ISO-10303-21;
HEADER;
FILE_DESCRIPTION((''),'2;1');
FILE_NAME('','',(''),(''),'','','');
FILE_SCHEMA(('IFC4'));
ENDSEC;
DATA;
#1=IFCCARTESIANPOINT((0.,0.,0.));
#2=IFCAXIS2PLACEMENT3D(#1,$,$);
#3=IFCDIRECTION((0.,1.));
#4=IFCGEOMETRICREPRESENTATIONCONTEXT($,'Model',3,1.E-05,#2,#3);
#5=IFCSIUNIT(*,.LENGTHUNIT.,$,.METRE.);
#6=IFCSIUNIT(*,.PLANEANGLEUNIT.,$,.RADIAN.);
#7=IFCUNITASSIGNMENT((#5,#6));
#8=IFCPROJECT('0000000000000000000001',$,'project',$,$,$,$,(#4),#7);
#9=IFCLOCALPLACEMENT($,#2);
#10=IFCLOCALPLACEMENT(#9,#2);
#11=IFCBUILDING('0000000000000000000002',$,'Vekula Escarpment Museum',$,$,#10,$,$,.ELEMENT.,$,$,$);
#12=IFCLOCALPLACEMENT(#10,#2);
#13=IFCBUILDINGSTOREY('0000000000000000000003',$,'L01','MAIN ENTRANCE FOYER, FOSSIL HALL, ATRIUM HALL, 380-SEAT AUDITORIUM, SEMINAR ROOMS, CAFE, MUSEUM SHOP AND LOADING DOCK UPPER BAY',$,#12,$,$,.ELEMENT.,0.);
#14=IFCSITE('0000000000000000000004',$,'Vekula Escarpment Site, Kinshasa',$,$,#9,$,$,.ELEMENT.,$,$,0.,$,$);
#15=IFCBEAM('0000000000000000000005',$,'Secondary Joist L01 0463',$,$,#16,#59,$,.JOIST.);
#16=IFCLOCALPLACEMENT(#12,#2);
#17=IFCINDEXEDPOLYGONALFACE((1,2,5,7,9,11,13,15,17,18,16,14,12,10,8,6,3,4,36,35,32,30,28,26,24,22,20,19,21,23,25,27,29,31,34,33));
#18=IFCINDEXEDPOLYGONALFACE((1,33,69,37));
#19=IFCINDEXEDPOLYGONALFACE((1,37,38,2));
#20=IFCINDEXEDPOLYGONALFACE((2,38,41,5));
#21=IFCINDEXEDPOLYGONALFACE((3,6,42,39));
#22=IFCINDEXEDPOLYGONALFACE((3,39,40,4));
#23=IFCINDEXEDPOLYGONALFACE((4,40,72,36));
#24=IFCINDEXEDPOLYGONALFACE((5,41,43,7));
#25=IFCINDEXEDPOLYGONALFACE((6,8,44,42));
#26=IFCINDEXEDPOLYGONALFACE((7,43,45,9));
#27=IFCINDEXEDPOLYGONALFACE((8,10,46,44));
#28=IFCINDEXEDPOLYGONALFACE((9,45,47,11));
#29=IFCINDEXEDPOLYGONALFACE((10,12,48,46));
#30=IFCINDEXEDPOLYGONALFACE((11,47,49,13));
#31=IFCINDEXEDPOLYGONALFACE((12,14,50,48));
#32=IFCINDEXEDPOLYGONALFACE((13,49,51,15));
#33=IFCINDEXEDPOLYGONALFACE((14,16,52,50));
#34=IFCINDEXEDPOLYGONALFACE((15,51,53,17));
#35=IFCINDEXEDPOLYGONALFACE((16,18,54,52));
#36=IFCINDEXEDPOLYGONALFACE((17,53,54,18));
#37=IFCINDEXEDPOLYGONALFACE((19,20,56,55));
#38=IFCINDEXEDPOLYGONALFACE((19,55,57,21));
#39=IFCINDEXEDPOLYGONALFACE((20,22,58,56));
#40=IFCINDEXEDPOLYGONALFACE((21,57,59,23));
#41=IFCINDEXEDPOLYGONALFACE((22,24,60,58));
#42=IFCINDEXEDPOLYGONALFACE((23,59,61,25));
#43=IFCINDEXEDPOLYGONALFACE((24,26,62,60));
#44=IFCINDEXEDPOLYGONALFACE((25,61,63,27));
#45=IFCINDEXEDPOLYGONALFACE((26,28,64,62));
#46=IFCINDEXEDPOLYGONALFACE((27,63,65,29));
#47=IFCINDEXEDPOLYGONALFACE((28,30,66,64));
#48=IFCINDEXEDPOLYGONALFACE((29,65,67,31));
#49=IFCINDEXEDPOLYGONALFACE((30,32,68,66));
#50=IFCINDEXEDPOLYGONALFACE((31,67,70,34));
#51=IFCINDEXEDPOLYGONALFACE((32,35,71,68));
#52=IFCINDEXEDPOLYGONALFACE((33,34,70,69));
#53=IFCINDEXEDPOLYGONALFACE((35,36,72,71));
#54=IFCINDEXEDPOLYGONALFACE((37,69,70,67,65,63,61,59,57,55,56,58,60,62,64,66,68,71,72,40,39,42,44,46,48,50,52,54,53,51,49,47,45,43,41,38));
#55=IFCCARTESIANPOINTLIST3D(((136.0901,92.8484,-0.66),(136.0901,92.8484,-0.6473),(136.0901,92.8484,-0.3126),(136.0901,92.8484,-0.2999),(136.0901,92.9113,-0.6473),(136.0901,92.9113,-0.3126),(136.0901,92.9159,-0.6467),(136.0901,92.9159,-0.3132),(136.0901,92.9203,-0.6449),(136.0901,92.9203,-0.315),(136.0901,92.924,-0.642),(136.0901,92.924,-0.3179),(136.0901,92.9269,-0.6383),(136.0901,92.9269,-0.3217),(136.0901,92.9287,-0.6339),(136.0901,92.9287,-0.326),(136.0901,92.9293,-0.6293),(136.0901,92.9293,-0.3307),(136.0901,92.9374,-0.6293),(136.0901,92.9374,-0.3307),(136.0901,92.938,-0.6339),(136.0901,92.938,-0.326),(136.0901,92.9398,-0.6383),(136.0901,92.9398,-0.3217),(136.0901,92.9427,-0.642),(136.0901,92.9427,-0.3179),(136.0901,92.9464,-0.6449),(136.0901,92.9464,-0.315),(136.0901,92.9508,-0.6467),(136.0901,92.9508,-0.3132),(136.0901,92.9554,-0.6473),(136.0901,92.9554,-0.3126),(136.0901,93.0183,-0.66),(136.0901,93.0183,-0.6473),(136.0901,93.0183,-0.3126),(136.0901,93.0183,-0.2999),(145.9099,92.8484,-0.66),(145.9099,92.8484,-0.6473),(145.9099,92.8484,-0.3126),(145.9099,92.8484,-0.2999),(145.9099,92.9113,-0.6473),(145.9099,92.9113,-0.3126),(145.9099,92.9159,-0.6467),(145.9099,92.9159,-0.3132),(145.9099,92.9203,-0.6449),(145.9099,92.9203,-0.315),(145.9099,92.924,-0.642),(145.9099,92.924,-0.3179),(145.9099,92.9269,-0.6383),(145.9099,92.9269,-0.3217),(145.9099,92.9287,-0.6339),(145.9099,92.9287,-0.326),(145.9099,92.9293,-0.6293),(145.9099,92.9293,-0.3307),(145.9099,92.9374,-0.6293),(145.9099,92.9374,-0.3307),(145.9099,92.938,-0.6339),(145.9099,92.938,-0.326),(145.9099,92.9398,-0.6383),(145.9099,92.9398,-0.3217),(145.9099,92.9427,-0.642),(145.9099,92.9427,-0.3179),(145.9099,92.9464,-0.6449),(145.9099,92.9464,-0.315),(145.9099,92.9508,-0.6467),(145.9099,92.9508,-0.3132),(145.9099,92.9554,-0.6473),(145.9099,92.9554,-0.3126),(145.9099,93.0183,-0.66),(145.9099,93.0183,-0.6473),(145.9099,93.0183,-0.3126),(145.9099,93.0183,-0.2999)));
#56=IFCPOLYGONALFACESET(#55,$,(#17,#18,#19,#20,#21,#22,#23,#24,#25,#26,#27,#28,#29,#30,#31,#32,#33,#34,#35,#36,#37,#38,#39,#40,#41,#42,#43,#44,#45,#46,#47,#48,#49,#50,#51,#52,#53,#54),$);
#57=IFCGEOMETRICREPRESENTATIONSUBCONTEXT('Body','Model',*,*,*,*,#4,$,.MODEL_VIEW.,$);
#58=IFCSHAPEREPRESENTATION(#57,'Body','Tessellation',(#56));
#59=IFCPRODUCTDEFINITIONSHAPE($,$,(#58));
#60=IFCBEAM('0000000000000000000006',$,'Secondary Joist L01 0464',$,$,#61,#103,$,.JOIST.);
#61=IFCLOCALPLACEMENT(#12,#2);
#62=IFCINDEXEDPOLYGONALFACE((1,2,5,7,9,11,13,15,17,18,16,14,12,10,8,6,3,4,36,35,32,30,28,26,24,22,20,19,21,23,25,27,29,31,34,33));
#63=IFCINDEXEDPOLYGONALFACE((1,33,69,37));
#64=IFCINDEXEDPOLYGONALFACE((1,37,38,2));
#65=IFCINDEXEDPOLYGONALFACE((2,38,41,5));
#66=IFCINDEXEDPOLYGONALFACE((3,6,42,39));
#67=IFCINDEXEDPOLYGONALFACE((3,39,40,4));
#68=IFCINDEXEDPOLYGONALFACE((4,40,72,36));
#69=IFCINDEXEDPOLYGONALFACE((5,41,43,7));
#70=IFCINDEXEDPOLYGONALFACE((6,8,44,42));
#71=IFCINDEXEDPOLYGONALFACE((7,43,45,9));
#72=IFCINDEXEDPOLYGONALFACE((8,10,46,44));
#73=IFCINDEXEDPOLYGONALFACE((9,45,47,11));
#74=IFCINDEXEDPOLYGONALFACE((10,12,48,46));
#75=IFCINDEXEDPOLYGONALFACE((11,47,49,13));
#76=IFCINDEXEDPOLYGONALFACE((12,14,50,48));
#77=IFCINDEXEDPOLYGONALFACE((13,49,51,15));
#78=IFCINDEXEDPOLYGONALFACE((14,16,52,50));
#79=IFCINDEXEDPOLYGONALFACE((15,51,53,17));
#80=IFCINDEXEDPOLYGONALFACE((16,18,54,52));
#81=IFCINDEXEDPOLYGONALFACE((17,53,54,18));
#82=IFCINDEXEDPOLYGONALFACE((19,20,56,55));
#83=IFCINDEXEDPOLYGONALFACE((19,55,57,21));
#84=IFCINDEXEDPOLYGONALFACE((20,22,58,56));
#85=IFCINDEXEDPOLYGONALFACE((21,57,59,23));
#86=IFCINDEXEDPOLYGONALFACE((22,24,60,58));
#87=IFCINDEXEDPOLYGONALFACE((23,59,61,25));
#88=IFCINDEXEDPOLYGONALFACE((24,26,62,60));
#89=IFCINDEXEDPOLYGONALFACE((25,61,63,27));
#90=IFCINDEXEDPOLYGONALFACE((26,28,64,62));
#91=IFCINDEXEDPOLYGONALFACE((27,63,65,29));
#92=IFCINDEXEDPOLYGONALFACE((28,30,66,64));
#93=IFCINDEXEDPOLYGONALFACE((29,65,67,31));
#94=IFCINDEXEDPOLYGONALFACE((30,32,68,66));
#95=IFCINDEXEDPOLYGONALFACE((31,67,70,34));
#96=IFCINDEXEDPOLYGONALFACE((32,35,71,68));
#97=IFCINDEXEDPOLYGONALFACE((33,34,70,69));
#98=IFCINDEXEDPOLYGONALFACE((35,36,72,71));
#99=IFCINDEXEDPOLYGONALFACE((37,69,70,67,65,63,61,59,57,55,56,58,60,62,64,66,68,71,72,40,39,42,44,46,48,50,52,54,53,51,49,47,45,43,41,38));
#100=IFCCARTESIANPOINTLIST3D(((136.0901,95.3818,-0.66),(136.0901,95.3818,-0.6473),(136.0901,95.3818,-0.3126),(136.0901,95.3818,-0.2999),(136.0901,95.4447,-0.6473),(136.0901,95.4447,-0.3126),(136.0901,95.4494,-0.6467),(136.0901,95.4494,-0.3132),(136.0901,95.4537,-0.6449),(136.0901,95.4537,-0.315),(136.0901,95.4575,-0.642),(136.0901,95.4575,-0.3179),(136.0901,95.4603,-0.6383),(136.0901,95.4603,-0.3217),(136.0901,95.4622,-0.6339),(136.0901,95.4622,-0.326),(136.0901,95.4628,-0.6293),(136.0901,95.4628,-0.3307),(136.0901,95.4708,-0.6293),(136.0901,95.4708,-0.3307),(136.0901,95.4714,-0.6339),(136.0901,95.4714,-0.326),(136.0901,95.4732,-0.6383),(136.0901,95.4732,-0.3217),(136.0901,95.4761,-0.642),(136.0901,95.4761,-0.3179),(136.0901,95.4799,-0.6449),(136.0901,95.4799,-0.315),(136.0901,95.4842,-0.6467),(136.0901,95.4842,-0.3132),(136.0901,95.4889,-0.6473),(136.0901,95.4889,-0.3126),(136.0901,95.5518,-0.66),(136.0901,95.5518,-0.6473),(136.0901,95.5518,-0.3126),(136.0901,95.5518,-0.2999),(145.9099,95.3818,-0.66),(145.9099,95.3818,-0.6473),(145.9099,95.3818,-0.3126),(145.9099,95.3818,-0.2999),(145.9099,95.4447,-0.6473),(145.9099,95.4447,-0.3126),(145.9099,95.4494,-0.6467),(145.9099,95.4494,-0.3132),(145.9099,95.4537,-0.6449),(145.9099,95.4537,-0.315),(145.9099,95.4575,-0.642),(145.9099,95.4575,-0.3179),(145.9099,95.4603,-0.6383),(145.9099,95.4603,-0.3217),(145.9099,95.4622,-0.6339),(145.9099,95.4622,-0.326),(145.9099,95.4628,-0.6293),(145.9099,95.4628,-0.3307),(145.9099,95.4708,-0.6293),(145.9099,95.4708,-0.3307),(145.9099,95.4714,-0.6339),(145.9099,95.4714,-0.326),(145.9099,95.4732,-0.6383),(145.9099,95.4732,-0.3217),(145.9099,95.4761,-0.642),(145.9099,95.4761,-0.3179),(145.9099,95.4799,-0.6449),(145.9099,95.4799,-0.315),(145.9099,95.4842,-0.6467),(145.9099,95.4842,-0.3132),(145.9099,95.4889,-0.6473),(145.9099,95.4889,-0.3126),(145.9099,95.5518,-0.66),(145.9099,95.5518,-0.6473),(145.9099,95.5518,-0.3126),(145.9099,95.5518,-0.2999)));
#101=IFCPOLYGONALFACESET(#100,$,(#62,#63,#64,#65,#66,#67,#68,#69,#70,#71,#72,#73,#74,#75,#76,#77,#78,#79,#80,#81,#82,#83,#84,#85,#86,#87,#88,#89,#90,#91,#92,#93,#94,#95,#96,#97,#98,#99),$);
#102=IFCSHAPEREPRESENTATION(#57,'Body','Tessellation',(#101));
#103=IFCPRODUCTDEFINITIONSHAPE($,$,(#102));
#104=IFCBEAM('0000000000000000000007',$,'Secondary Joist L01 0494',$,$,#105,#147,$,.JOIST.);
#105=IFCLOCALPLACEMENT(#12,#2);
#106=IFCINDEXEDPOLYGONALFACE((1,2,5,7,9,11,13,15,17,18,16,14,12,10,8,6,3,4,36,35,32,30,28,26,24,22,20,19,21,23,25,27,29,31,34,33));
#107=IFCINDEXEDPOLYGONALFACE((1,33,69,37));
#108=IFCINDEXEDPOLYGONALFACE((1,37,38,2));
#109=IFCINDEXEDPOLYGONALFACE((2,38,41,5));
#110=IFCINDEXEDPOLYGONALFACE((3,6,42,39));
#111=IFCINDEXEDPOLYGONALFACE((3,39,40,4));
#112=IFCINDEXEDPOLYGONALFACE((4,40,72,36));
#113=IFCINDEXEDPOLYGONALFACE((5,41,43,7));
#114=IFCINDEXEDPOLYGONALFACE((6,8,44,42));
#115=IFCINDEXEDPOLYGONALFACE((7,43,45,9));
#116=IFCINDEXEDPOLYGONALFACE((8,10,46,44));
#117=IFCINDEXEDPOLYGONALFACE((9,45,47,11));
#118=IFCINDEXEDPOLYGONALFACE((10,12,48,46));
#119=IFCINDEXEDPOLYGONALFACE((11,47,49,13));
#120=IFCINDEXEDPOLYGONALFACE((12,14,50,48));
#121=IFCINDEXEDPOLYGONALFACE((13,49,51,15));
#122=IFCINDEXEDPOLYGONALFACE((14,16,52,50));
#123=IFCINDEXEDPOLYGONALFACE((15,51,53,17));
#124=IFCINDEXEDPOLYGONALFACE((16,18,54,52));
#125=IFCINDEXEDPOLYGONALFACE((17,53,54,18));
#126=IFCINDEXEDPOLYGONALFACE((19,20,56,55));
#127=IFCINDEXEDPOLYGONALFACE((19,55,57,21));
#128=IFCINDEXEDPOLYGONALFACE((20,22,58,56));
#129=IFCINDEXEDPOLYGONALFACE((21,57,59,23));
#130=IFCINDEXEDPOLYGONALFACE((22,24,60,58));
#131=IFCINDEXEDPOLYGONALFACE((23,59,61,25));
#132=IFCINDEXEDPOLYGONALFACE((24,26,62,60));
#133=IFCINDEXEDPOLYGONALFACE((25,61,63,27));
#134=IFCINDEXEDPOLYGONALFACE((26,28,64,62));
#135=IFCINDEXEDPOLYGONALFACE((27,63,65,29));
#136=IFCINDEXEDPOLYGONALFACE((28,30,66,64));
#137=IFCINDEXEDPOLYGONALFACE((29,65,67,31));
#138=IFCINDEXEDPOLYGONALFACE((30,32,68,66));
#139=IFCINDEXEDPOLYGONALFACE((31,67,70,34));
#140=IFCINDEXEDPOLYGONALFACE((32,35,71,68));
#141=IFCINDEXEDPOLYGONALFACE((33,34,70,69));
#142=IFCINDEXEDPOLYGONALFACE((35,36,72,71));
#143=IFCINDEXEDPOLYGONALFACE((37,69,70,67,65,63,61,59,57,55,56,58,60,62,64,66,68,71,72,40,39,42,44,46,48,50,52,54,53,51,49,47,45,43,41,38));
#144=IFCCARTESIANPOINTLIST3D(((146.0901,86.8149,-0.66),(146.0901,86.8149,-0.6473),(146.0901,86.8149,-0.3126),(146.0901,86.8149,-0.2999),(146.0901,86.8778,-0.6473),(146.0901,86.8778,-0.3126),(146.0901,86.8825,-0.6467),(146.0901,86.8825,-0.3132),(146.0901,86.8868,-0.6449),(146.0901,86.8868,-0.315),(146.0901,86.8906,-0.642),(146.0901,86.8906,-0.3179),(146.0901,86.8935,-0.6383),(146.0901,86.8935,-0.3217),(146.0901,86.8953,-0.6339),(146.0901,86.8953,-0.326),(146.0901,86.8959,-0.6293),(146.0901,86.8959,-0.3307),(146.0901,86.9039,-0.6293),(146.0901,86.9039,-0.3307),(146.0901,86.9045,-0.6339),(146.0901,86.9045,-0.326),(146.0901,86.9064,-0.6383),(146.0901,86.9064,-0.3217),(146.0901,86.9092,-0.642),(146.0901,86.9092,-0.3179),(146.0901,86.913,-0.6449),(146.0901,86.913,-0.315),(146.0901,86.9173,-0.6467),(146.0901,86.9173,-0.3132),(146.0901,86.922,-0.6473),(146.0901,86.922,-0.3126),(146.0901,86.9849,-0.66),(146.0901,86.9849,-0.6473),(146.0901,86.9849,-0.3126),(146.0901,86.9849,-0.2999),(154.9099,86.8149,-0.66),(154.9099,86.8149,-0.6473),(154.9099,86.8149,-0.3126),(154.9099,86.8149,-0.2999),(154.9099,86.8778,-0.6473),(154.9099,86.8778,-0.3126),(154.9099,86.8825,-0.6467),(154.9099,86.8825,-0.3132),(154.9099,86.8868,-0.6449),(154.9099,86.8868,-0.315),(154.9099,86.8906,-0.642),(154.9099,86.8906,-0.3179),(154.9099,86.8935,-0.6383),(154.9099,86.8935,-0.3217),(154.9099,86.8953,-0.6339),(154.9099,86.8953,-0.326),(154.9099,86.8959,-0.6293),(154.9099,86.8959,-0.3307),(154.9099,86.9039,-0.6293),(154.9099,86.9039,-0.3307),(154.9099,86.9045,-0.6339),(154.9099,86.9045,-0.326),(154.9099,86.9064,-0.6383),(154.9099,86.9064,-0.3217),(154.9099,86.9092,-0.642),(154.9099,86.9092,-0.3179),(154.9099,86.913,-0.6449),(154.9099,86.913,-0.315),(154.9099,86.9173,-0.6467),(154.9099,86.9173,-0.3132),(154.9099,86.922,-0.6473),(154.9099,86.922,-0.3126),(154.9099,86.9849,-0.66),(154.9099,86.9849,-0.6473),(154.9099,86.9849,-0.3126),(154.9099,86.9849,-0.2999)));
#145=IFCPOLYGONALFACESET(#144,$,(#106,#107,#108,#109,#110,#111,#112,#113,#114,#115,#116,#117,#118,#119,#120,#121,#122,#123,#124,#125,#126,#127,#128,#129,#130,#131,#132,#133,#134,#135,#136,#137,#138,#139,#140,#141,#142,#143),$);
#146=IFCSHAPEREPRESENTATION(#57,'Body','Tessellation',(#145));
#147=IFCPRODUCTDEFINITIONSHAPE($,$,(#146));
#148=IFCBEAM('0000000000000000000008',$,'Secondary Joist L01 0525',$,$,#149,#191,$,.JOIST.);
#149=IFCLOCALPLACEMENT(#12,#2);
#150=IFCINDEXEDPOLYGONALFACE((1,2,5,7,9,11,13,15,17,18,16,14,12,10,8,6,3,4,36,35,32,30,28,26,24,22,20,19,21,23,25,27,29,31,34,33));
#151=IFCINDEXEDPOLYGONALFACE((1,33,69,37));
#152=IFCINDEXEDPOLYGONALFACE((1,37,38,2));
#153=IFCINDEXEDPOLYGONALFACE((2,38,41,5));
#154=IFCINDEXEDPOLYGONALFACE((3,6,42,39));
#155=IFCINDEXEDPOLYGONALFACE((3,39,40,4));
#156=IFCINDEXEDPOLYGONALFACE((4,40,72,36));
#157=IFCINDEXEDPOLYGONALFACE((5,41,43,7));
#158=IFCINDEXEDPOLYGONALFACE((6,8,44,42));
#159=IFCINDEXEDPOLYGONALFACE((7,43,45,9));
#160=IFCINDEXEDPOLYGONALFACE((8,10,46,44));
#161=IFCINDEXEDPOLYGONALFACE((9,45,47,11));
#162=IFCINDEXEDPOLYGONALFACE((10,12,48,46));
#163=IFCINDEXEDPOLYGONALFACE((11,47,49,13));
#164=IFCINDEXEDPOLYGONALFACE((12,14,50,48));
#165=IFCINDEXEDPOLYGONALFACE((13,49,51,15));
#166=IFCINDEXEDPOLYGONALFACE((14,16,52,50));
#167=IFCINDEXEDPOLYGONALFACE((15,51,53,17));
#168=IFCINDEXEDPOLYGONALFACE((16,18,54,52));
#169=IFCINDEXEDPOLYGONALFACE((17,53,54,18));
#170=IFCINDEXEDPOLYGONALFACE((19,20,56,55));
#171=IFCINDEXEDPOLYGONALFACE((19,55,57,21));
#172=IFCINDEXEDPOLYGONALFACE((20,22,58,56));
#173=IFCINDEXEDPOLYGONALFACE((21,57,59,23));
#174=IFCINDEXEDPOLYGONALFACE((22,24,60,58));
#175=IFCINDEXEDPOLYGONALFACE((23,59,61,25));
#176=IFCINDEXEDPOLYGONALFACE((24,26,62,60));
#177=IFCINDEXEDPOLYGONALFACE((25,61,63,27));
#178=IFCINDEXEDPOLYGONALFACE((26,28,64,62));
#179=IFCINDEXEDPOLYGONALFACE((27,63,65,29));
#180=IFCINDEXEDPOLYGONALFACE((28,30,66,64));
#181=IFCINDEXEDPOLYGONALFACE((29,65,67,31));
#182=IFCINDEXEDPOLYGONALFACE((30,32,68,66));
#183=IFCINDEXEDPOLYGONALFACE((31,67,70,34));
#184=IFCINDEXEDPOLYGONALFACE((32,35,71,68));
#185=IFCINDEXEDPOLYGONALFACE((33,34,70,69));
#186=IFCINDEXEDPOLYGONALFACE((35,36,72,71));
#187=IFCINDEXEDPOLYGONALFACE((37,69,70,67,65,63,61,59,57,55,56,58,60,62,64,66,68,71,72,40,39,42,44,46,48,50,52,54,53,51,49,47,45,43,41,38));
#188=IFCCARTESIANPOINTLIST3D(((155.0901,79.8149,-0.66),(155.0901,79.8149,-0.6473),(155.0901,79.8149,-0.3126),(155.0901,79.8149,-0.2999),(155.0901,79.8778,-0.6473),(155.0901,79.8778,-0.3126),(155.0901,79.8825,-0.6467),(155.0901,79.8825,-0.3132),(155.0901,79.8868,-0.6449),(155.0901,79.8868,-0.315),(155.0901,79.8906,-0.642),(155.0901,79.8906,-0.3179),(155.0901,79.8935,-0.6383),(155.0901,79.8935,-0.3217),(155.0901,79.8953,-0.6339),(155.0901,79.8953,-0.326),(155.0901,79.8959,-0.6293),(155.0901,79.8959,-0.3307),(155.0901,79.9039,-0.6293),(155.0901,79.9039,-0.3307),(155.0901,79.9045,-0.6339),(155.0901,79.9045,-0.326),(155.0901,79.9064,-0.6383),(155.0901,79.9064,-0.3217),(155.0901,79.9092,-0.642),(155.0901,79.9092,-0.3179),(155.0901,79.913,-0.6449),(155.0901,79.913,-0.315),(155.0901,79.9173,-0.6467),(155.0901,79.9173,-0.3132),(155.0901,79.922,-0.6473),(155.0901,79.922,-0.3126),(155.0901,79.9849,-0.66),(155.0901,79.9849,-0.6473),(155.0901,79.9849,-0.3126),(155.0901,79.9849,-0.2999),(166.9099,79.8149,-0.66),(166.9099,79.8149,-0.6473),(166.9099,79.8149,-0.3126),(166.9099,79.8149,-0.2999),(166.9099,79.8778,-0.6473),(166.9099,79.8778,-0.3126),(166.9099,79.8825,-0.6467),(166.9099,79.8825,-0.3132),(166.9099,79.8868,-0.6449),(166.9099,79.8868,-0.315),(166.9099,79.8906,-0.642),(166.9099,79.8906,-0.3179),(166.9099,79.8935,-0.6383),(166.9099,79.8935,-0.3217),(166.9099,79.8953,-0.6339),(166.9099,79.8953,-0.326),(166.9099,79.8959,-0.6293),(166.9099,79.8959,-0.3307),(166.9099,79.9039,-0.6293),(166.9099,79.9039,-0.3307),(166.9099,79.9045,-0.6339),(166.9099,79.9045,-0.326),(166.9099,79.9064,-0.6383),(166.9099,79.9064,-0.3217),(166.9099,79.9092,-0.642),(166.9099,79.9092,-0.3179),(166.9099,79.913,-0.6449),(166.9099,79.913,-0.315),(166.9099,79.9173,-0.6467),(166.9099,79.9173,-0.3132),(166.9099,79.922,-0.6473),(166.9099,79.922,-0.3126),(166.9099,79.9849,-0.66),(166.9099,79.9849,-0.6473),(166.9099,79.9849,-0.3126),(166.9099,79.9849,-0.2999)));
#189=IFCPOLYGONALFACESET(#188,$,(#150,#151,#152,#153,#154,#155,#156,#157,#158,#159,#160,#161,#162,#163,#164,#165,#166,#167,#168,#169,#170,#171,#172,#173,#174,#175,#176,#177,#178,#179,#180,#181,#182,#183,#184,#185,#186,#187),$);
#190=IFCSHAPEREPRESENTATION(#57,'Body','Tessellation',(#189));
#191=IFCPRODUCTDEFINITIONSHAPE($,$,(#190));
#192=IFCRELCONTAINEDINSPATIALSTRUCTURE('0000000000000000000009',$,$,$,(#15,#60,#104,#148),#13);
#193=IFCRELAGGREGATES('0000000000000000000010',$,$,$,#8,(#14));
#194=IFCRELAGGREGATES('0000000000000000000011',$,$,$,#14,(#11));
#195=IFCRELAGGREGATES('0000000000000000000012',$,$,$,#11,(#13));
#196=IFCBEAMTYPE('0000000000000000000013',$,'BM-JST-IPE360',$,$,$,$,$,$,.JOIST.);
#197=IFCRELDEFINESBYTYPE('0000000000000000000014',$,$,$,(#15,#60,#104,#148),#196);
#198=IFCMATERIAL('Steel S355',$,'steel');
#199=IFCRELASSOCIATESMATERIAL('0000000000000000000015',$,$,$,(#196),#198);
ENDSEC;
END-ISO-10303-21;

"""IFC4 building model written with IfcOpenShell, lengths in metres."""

from ifc_helpers import new_model, si_unit, direction, frame, origin, origin_2d, place, context, subcontext, project, spatial, i_section, extrude, material, material_profile, profile_set, type_object, element, save


model = new_model("IFC4")

# Units and contexts
model_context = context("Model", 3, precision=1e-05, world=origin(), true_north=direction((0.0, 1.0)))
body_context = subcontext(model_context, "Body", "Model", "MODEL_VIEW")
ifc_project = project(units=[si_unit("LENGTHUNIT", "METRE"), si_unit("PLANEANGLEUNIT", "RADIAN")], contexts=[model_context])

# Site, building, storey
site_placement = place(None, origin())
site = spatial("IfcSite", under=ifc_project, at=site_placement, Name="Vekula Escarpment Site, Kinshasa", CompositionType="ELEMENT", RefElevation=0.0)
building_placement = place(site_placement, origin())
building = spatial("IfcBuilding", under=site, at=building_placement, Name="Vekula Escarpment Museum", CompositionType="ELEMENT")
storey_placement = place(building_placement, origin())
storey = spatial("IfcBuildingStorey", under=building, at=storey_placement, Name="L01", Description="MAIN ENTRANCE FOYER, FOSSIL HALL, ATRIUM HALL, 380-SEAT AUDITORIUM, SEMINAR ROOMS, CAFE, MUSEUM SHOP AND LOADING DOCK UPPER BAY", CompositionType="ELEMENT", Elevation=0.0)

# Beams
ifc_material_1 = material(Name="Steel S355", Category="steel")
ifc_material_profile_1 = material_profile(ifc_material_1, i_section(OverallWidth=0.1699, OverallDepth=0.3601, WebThickness=0.0081, FlangeThickness=0.0127, FilletRadius=0.0181, at=origin_2d()), Name="IPE 360")
ifc_profile_set_1 = profile_set([ifc_material_profile_1], Name="Steel S355")
beam_type_1 = type_object("IfcBeamType", Name="BM-JST-IPE360", PredefinedType="JOIST", material=ifc_profile_set_1)
for number, where, z_axis, x_axis, name in (
    (1, (136.0901, 92.9333, -0.48), (1.0, 0.0, 0.0), (0.0, 1.0, 0.0), "Secondary Joist L01 0463"),
    (2, (136.0901, 95.4668, -0.48), (1.0, 0.0, 0.0), (0.0, 1.0, 0.0), "Secondary Joist L01 0464"),
):
    element("IfcBeam", number, at=place(storey_placement, frame(where, z_axis=z_axis, x_axis=x_axis)), inside=storey, type_object=beam_type_1, Name=name, PredefinedType="JOIST", context=body_context, shape_type="SweptSolid", body=[
        extrude(i_section(OverallWidth=0.1699, OverallDepth=0.3601, WebThickness=0.0081, FlangeThickness=0.0127, FilletRadius=0.0181, at=origin_2d()), origin(), (0.0, 0.0, 1.0), 9.8198),
    ])
beam_1_placement = place(storey_placement, frame((146.0901, 86.8999, -0.48), z_axis=(1.0, 0.0, 0.0), x_axis=(0.0, 1.0, 0.0)))
element("IfcBeam", 3, at=beam_1_placement, inside=storey, type_object=beam_type_1, Name="Secondary Joist L01 0494", PredefinedType="JOIST", context=body_context, shape_type="SweptSolid", body=[
    extrude(i_section(OverallWidth=0.1699, OverallDepth=0.3601, WebThickness=0.0081, FlangeThickness=0.0127, FilletRadius=0.0181, at=origin_2d()), origin(), (0.0, 0.0, 1.0), 8.8198),
])
beam_2_placement = place(storey_placement, frame((155.0901, 79.8999, -0.48), z_axis=(1.0, 0.0, 0.0), x_axis=(0.0, 1.0, 0.0)))
element("IfcBeam", 4, at=beam_2_placement, inside=storey, type_object=beam_type_1, Name="Secondary Joist L01 0525", PredefinedType="JOIST", context=body_context, shape_type="SweptSolid", body=[
    extrude(i_section(OverallWidth=0.1699, OverallDepth=0.3601, WebThickness=0.0081, FlangeThickness=0.0127, FilletRadius=0.0181, at=origin_2d()), origin(), (0.0, 0.0, 1.0), 11.8198),
])

save(model, "model.ifc")
